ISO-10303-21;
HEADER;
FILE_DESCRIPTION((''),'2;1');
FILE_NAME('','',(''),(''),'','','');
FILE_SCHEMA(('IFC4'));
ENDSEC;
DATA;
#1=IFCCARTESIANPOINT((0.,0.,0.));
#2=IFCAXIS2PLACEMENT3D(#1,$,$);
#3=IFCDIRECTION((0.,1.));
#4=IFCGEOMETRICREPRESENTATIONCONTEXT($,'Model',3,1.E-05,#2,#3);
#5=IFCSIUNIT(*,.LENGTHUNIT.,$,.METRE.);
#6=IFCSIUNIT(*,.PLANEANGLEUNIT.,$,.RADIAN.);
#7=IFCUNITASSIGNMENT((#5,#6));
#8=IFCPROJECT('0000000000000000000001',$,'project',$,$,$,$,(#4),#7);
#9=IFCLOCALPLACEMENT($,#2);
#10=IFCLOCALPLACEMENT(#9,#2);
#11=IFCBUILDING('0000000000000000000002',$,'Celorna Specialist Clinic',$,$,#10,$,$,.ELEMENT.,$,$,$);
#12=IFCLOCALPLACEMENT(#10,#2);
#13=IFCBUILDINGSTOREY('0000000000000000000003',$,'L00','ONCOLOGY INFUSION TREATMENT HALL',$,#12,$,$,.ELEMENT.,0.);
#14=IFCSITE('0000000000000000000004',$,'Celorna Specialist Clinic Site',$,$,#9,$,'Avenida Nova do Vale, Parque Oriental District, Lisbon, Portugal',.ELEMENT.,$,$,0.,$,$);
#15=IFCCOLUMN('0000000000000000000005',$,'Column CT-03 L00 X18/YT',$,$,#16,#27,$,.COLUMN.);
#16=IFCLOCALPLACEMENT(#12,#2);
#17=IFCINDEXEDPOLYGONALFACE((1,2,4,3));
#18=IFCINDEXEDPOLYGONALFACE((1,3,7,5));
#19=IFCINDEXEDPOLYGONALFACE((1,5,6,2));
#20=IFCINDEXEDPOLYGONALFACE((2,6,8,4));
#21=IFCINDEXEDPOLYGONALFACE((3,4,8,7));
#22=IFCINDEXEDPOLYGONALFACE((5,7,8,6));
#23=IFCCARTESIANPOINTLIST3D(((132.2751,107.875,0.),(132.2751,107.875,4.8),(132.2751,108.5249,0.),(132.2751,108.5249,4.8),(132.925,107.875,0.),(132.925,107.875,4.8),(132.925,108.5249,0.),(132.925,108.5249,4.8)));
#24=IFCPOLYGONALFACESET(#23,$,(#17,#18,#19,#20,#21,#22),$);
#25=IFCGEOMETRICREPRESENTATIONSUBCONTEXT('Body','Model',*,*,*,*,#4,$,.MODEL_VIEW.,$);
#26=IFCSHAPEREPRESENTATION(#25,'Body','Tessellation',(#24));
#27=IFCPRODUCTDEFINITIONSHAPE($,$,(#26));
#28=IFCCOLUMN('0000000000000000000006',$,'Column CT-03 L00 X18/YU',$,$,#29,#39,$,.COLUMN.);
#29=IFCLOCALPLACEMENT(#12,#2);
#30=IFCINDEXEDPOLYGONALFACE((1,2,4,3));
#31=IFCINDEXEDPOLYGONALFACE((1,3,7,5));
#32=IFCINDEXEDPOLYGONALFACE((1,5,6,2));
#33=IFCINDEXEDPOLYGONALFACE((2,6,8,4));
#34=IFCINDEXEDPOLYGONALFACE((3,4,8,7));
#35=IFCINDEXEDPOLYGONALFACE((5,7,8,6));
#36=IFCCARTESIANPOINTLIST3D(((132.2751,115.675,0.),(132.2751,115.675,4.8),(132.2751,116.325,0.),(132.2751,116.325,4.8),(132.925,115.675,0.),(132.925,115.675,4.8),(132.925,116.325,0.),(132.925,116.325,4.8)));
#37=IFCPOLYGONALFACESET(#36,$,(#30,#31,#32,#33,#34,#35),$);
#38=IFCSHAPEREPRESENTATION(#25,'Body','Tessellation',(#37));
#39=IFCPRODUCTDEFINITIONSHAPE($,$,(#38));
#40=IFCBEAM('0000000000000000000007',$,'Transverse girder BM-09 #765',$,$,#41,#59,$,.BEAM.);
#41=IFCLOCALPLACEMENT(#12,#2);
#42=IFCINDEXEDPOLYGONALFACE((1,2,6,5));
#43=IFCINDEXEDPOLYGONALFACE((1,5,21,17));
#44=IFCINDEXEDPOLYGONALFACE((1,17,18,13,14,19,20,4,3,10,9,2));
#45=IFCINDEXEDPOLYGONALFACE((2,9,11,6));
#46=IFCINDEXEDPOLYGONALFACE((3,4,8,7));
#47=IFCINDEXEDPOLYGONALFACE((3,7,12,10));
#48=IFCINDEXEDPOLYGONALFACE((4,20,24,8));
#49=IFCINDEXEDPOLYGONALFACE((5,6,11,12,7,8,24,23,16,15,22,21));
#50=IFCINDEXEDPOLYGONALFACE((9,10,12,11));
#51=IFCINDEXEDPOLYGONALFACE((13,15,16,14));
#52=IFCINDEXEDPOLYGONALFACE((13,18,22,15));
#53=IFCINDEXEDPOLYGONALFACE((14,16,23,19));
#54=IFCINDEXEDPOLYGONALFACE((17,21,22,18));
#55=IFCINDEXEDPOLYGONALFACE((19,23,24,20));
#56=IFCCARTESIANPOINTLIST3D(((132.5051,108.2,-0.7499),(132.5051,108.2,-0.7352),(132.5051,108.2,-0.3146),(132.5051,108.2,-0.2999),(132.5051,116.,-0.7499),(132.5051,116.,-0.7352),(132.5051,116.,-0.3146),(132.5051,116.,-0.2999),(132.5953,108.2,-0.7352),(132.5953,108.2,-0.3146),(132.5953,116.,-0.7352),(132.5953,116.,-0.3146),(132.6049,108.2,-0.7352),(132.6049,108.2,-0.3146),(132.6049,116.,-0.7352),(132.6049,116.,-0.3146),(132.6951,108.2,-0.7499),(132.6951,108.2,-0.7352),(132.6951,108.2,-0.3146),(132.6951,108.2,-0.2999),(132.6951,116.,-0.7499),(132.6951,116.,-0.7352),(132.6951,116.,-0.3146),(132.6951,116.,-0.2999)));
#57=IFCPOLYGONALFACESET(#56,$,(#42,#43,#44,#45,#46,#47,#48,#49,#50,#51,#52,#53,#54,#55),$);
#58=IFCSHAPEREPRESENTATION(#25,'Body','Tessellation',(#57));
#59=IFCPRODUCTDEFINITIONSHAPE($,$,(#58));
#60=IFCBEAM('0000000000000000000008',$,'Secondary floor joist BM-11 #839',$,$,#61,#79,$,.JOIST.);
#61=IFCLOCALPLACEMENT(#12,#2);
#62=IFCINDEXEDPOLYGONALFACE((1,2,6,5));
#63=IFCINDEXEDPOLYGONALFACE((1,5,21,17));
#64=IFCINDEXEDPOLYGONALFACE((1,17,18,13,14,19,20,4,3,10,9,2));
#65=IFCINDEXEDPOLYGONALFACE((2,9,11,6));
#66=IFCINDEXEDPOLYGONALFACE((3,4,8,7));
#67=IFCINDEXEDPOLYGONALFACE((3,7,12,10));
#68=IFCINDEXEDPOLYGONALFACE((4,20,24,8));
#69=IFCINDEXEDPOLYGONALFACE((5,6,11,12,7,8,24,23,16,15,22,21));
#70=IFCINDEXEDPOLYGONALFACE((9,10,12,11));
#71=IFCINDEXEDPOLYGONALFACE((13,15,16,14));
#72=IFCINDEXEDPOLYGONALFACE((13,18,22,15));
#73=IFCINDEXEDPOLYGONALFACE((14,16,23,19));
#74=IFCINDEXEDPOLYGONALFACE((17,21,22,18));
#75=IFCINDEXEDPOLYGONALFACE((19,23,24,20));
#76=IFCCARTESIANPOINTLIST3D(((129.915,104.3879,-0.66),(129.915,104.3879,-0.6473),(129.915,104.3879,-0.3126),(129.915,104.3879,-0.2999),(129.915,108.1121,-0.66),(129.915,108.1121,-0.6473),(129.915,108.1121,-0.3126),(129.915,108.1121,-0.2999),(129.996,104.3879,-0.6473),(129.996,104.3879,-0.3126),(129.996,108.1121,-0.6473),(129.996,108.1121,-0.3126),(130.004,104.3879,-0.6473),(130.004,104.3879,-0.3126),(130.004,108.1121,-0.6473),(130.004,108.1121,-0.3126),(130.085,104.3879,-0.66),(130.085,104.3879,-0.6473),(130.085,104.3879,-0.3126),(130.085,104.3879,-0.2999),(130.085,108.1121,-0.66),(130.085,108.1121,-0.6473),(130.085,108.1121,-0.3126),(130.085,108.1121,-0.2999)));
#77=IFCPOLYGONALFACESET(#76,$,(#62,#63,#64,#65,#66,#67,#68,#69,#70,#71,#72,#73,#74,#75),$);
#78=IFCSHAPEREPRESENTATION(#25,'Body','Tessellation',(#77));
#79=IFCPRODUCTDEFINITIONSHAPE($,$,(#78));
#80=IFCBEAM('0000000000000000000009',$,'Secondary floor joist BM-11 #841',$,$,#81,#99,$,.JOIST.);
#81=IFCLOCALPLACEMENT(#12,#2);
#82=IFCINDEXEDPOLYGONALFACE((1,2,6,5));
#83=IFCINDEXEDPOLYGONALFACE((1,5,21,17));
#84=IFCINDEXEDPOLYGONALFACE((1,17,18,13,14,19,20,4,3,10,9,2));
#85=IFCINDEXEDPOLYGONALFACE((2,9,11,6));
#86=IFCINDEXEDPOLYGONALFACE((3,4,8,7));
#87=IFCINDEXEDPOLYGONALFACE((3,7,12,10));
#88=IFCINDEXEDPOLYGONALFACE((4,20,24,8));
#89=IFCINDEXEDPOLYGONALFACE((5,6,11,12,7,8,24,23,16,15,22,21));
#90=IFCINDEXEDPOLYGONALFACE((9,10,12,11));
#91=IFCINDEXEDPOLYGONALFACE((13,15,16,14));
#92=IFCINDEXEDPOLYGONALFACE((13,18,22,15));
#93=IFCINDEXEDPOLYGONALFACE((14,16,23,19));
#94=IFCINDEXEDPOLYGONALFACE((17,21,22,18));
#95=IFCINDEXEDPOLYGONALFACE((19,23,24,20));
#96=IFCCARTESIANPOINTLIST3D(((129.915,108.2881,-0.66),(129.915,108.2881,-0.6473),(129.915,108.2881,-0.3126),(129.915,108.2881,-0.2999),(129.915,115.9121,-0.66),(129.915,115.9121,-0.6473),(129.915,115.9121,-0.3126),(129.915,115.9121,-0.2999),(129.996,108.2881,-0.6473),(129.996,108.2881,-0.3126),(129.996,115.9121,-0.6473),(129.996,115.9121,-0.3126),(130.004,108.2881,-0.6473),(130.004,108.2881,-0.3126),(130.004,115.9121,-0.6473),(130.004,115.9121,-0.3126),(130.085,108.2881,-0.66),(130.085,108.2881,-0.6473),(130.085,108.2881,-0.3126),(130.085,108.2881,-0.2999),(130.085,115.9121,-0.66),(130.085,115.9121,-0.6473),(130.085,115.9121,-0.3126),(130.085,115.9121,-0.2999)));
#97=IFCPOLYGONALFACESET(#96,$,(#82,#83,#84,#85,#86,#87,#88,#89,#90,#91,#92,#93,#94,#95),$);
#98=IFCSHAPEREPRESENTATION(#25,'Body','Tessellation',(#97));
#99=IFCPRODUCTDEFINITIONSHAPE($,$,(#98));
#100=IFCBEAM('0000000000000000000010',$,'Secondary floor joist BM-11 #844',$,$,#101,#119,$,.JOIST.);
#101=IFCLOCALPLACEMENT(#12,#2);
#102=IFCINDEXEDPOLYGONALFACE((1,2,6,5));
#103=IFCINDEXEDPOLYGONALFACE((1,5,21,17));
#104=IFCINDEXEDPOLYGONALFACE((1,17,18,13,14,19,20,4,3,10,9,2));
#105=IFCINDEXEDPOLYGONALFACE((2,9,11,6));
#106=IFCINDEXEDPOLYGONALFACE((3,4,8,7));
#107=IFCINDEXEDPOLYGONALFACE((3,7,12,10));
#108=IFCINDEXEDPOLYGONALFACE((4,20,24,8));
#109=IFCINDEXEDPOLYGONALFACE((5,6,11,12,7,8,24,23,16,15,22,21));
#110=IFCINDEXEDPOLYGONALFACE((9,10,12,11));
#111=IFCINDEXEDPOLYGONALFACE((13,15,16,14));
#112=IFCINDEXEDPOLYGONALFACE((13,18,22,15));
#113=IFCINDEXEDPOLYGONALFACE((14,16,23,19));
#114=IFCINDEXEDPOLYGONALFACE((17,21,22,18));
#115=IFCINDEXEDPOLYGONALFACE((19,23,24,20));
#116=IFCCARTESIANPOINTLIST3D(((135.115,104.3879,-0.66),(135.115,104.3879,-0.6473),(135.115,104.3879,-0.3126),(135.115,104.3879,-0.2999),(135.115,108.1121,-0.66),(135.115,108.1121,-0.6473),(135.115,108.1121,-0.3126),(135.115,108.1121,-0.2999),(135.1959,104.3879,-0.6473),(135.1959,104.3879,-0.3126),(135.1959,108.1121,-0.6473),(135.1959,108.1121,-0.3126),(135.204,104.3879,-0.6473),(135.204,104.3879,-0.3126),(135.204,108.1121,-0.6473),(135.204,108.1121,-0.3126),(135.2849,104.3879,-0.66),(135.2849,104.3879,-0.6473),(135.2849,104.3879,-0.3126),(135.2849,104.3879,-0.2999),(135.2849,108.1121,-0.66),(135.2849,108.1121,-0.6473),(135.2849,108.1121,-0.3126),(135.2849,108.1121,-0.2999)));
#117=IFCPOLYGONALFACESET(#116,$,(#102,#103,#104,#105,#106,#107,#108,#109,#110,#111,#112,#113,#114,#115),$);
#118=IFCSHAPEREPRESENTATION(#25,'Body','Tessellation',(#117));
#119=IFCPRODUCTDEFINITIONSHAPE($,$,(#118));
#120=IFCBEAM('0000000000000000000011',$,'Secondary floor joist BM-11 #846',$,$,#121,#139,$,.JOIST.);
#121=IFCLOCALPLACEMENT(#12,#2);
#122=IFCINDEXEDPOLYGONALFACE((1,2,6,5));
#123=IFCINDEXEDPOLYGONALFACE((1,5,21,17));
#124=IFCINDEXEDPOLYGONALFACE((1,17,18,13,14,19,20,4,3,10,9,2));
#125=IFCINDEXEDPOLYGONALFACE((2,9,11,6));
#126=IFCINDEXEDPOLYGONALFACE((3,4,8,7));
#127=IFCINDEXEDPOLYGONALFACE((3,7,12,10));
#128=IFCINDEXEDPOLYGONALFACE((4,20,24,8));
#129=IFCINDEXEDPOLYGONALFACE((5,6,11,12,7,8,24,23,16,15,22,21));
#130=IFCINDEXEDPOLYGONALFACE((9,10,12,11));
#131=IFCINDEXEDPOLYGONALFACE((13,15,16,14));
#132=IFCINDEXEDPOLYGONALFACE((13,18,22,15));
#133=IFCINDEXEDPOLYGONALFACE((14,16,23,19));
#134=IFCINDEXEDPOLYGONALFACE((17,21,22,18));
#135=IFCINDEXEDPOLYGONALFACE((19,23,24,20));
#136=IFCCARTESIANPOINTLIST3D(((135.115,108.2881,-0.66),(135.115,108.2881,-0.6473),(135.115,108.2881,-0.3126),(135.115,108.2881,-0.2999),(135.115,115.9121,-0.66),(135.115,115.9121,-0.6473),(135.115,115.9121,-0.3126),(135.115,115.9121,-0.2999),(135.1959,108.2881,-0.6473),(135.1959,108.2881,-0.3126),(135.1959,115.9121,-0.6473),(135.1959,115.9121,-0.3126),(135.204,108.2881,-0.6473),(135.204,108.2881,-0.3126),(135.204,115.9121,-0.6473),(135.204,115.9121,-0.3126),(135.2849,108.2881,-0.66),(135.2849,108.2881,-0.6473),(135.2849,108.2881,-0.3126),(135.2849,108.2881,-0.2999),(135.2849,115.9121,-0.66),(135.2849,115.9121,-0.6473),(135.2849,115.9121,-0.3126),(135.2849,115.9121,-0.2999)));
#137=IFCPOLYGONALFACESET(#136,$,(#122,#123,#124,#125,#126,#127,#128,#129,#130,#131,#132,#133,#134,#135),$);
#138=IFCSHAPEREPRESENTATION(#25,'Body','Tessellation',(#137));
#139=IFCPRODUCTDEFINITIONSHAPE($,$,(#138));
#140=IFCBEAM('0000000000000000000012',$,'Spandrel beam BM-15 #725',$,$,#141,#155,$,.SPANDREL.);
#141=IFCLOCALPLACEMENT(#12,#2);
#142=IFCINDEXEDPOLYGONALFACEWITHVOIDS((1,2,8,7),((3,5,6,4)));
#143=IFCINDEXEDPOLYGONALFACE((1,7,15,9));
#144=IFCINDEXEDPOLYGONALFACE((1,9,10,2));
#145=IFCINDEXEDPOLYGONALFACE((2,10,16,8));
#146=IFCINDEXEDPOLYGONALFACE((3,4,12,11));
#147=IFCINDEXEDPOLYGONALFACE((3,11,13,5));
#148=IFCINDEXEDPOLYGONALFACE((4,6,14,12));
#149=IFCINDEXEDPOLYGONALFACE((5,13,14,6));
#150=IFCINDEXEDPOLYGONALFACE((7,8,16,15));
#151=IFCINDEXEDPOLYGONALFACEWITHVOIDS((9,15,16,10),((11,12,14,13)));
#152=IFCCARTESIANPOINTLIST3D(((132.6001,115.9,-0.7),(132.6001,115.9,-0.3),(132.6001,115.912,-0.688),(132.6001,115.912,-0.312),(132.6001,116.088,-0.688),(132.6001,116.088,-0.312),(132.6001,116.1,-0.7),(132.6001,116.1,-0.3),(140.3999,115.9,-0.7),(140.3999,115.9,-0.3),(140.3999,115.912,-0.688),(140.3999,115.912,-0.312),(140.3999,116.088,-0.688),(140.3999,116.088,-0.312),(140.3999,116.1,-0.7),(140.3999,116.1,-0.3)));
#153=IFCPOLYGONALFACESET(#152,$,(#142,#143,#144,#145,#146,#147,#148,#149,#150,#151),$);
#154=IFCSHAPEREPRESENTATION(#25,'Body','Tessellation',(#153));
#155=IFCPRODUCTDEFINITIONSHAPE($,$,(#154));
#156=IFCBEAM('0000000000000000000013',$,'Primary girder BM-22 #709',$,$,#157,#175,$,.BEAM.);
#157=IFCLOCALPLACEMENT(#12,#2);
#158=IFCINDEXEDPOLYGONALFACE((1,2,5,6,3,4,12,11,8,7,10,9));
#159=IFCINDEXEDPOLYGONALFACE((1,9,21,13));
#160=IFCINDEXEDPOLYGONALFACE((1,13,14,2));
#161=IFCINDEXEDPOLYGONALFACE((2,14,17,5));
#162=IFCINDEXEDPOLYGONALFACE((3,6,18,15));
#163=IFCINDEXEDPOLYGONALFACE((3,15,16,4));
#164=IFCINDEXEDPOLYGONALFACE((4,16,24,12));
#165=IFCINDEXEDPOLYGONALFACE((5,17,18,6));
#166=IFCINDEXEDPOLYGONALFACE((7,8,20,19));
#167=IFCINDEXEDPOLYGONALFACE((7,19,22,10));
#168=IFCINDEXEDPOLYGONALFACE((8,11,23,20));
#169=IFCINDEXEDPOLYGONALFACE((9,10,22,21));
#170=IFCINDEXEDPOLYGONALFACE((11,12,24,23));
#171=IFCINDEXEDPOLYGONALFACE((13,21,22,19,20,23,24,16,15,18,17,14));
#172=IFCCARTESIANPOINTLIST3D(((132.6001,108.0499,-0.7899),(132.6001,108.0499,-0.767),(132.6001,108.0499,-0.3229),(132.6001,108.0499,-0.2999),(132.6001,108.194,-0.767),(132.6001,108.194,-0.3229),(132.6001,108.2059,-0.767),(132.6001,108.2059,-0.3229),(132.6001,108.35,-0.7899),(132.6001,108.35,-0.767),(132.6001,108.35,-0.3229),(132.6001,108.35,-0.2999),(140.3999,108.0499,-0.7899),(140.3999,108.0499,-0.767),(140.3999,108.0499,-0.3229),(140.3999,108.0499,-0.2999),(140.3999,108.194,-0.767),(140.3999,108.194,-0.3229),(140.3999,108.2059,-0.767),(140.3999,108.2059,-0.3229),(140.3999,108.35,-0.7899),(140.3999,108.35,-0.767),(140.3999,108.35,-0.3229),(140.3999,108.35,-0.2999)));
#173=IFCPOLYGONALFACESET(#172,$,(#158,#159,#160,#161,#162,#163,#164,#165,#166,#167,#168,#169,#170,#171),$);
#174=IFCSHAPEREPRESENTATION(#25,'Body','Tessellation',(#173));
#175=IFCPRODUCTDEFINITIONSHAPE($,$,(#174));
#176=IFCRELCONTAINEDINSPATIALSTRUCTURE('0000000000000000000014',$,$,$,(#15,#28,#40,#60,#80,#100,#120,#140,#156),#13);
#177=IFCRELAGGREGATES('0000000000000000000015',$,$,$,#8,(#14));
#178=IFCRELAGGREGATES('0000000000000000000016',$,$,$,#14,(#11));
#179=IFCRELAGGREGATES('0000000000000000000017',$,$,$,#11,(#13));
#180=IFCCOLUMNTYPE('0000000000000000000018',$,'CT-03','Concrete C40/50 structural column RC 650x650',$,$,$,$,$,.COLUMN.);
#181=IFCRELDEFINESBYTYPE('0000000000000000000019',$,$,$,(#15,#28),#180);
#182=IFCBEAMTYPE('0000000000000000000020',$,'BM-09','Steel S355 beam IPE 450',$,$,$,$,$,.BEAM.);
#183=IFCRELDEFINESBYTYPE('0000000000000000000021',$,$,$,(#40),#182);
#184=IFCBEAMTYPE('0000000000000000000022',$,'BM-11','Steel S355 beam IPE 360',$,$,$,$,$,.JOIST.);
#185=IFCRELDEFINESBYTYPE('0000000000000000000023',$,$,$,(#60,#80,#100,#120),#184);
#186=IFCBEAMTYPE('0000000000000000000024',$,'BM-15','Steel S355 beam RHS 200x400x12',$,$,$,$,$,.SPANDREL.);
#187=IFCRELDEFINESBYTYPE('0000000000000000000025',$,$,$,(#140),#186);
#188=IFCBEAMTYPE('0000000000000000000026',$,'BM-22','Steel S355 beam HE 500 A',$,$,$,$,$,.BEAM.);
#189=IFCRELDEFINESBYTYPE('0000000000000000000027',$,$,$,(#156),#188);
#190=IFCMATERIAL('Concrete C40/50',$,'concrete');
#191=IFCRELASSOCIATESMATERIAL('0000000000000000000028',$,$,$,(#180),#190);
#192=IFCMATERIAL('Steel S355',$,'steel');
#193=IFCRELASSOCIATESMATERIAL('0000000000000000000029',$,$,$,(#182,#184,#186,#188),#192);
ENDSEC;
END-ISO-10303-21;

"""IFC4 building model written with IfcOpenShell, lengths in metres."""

from ifc_helpers import new_model, si_unit, direction, frame, origin, origin_2d, place, context, subcontext, project, spatial, rectangle, hollow_rectangle, i_section, extrude, material, material_profile, profile_set, type_object, element, save


model = new_model("IFC4")

# Units and contexts
model_context = context("Model", 3, precision=1e-05, world=origin(), true_north=direction((0.0, 1.0)))
body_context = subcontext(model_context, "Body", "Model", "MODEL_VIEW")
ifc_project = project(units=[si_unit("LENGTHUNIT", "METRE"), si_unit("PLANEANGLEUNIT", "RADIAN")], contexts=[model_context])

# Site, building, storey
site_placement = place(None, origin())
site = spatial("IfcSite", under=ifc_project, at=site_placement, Name="Celorna Specialist Clinic Site", LongName="Avenida Nova do Vale, Parque Oriental District, Lisbon, Portugal", CompositionType="ELEMENT", RefElevation=0.0)
building_placement = place(site_placement, origin())
building = spatial("IfcBuilding", under=site, at=building_placement, Name="Celorna Specialist Clinic", CompositionType="ELEMENT")
storey_placement = place(building_placement, origin())
storey = spatial("IfcBuildingStorey", under=building, at=storey_placement, Name="L00", Description="ONCOLOGY INFUSION TREATMENT HALL", CompositionType="ELEMENT", Elevation=0.0)

# Columns
ifc_material_1 = material(Name="Concrete C40/50", Category="concrete")
ifc_material_profile_1 = material_profile(ifc_material_1, rectangle(XDim=0.6499, YDim=0.6499, at=origin_2d()), Name="RC 650x650")
ifc_profile_set_1 = profile_set([ifc_material_profile_1], Name="Concrete C40/50")
column_type = type_object("IfcColumnType", Name="CT-03", Description="Concrete C40/50 structural column RC 650x650", PredefinedType="COLUMN", material=ifc_profile_set_1)
for number, where, z_axis, x_axis, name in (
    (1, (132.6001, 108.2, 0.0), (0.0, 0.0, 1.0), (1.0, 0.0, 0.0), "Column CT-03 L00 X18/YT"),
    (2, (132.6001, 116.0, 0.0), (0.0, 0.0, 1.0), (1.0, 0.0, 0.0), "Column CT-03 L00 X18/YU"),
):
    element("IfcColumn", number, at=place(storey_placement, frame(where, z_axis=z_axis, x_axis=x_axis)), inside=storey, type_object=column_type, Name=name, PredefinedType="COLUMN", context=body_context, shape_type="SweptSolid", body=[
        extrude(rectangle(XDim=0.6499, YDim=0.6499, at=origin_2d()), origin(), (0.0, 0.0, 1.0), 4.8),
    ])

# Beams
ifc_material_2 = material(Name="Steel S355", Category="steel")
ifc_material_profile_2 = material_profile(ifc_material_2, i_section(OverallWidth=0.1899, OverallDepth=0.45, WebThickness=0.0095, FlangeThickness=0.0146, at=origin_2d()), Name="IPE 450")
ifc_profile_set_2 = profile_set([ifc_material_profile_2], Name="Steel S355")
beam_type_1 = type_object("IfcBeamType", Name="BM-09", Description="Steel S355 beam IPE 450", PredefinedType="BEAM", material=ifc_profile_set_2)
beam_1_placement = place(storey_placement, frame((132.6001, 108.2, -0.5249), z_axis=(0.0, 1.0, 0.0), x_axis=(-1.0, 0.0, 0.0)))
element("IfcBeam", 3, at=beam_1_placement, inside=storey, type_object=beam_type_1, Name="Transverse girder BM-09 #765", PredefinedType="BEAM", context=body_context, shape_type="SweptSolid", body=[
    extrude(i_section(OverallWidth=0.1899, OverallDepth=0.45, WebThickness=0.0095, FlangeThickness=0.0146, at=origin_2d()), origin(), (0.0, 0.0, 1.0), 7.8),
])
ifc_material_profile_3 = material_profile(ifc_material_2, i_section(OverallWidth=0.1699, OverallDepth=0.3601, WebThickness=0.0081, FlangeThickness=0.0127, at=origin_2d()), Name="IPE 360")
ifc_profile_set_3 = profile_set([ifc_material_profile_3], Name="Steel S355")
beam_type_2 = type_object("IfcBeamType", Name="BM-11", Description="Steel S355 beam IPE 360", PredefinedType="JOIST", material=ifc_profile_set_3)
beam_2_placement = place(storey_placement, frame((130.0, 104.3879, -0.48), z_axis=(0.0, 1.0, 0.0), x_axis=(-1.0, 0.0, 0.0)))
element("IfcBeam", 4, at=beam_2_placement, inside=storey, type_object=beam_type_2, Name="Secondary floor joist BM-11 #839", PredefinedType="JOIST", context=body_context, shape_type="SweptSolid", body=[
    extrude(i_section(OverallWidth=0.1699, OverallDepth=0.3601, WebThickness=0.0081, FlangeThickness=0.0127, at=origin_2d()), origin(), (0.0, 0.0, 1.0), 3.7241),
])
beam_3_placement = place(storey_placement, frame((130.0, 108.2881, -0.48), z_axis=(0.0, 1.0, 0.0), x_axis=(-1.0, 0.0, 0.0)))
element("IfcBeam", 5, at=beam_3_placement, inside=storey, type_object=beam_type_2, Name="Secondary floor joist BM-11 #841", PredefinedType="JOIST", context=body_context, shape_type="SweptSolid", body=[
    extrude(i_section(OverallWidth=0.1699, OverallDepth=0.3601, WebThickness=0.0081, FlangeThickness=0.0127, at=origin_2d()), origin(), (0.0, 0.0, 1.0), 7.624),
])
beam_4_placement = place(storey_placement, frame((135.2, 104.3879, -0.48), z_axis=(0.0, 1.0, 0.0), x_axis=(-1.0, 0.0, 0.0)))
element("IfcBeam", 6, at=beam_4_placement, inside=storey, type_object=beam_type_2, Name="Secondary floor joist BM-11 #844", PredefinedType="JOIST", context=body_context, shape_type="SweptSolid", body=[
    extrude(i_section(OverallWidth=0.1699, OverallDepth=0.3601, WebThickness=0.0081, FlangeThickness=0.0127, at=origin_2d()), origin(), (0.0, 0.0, 1.0), 3.7241),
])
beam_5_placement = place(storey_placement, frame((135.2, 108.2881, -0.48), z_axis=(0.0, 1.0, 0.0), x_axis=(-1.0, 0.0, 0.0)))
element("IfcBeam", 7, at=beam_5_placement, inside=storey, type_object=beam_type_2, Name="Secondary floor joist BM-11 #846", PredefinedType="JOIST", context=body_context, shape_type="SweptSolid", body=[
    extrude(i_section(OverallWidth=0.1699, OverallDepth=0.3601, WebThickness=0.0081, FlangeThickness=0.0127, at=origin_2d()), origin(), (0.0, 0.0, 1.0), 7.624),
])
ifc_material_profile_4 = material_profile(ifc_material_2, hollow_rectangle(XDim=0.2, YDim=0.3999, WallThickness=0.012, at=origin_2d()), Name="RHS 200x400x12")
ifc_profile_set_4 = profile_set([ifc_material_profile_4], Name="Steel S355")
beam_type_3 = type_object("IfcBeamType", Name="BM-15", Description="Steel S355 beam RHS 200x400x12", PredefinedType="SPANDREL", material=ifc_profile_set_4)
beam_6_placement = place(storey_placement, frame((132.6001, 116.0, -0.5), z_axis=(1.0, 0.0, 0.0), x_axis=(0.0, 1.0, 0.0)))
element("IfcBeam", 8, at=beam_6_placement, inside=storey, type_object=beam_type_3, Name="Spandrel beam BM-15 #725", PredefinedType="SPANDREL", context=body_context, shape_type="SweptSolid", body=[
    extrude(hollow_rectangle(XDim=0.2, YDim=0.3999, WallThickness=0.012, at=origin_2d()), origin(), (0.0, 0.0, 1.0), 7.7998),
])
ifc_material_profile_5 = material_profile(ifc_material_2, i_section(OverallWidth=0.3, OverallDepth=0.49, WebThickness=0.012, FlangeThickness=0.0229, at=origin_2d()), Name="HE 500 A")
ifc_profile_set_5 = profile_set([ifc_material_profile_5], Name="Steel S355")
beam_type_4 = type_object("IfcBeamType", Name="BM-22", Description="Steel S355 beam HE 500 A", PredefinedType="BEAM", material=ifc_profile_set_5)
beam_7_placement = place(storey_placement, frame((132.6001, 108.2, -0.5449), z_axis=(1.0, 0.0, 0.0), x_axis=(0.0, 1.0, 0.0)))
element("IfcBeam", 9, at=beam_7_placement, inside=storey, type_object=beam_type_4, Name="Primary girder BM-22 #709", PredefinedType="BEAM", context=body_context, shape_type="SweptSolid", body=[
    extrude(i_section(OverallWidth=0.3, OverallDepth=0.49, WebThickness=0.012, FlangeThickness=0.0229, at=origin_2d()), origin(), (0.0, 0.0, 1.0), 7.7998),
])

save(model, "model.ifc")
